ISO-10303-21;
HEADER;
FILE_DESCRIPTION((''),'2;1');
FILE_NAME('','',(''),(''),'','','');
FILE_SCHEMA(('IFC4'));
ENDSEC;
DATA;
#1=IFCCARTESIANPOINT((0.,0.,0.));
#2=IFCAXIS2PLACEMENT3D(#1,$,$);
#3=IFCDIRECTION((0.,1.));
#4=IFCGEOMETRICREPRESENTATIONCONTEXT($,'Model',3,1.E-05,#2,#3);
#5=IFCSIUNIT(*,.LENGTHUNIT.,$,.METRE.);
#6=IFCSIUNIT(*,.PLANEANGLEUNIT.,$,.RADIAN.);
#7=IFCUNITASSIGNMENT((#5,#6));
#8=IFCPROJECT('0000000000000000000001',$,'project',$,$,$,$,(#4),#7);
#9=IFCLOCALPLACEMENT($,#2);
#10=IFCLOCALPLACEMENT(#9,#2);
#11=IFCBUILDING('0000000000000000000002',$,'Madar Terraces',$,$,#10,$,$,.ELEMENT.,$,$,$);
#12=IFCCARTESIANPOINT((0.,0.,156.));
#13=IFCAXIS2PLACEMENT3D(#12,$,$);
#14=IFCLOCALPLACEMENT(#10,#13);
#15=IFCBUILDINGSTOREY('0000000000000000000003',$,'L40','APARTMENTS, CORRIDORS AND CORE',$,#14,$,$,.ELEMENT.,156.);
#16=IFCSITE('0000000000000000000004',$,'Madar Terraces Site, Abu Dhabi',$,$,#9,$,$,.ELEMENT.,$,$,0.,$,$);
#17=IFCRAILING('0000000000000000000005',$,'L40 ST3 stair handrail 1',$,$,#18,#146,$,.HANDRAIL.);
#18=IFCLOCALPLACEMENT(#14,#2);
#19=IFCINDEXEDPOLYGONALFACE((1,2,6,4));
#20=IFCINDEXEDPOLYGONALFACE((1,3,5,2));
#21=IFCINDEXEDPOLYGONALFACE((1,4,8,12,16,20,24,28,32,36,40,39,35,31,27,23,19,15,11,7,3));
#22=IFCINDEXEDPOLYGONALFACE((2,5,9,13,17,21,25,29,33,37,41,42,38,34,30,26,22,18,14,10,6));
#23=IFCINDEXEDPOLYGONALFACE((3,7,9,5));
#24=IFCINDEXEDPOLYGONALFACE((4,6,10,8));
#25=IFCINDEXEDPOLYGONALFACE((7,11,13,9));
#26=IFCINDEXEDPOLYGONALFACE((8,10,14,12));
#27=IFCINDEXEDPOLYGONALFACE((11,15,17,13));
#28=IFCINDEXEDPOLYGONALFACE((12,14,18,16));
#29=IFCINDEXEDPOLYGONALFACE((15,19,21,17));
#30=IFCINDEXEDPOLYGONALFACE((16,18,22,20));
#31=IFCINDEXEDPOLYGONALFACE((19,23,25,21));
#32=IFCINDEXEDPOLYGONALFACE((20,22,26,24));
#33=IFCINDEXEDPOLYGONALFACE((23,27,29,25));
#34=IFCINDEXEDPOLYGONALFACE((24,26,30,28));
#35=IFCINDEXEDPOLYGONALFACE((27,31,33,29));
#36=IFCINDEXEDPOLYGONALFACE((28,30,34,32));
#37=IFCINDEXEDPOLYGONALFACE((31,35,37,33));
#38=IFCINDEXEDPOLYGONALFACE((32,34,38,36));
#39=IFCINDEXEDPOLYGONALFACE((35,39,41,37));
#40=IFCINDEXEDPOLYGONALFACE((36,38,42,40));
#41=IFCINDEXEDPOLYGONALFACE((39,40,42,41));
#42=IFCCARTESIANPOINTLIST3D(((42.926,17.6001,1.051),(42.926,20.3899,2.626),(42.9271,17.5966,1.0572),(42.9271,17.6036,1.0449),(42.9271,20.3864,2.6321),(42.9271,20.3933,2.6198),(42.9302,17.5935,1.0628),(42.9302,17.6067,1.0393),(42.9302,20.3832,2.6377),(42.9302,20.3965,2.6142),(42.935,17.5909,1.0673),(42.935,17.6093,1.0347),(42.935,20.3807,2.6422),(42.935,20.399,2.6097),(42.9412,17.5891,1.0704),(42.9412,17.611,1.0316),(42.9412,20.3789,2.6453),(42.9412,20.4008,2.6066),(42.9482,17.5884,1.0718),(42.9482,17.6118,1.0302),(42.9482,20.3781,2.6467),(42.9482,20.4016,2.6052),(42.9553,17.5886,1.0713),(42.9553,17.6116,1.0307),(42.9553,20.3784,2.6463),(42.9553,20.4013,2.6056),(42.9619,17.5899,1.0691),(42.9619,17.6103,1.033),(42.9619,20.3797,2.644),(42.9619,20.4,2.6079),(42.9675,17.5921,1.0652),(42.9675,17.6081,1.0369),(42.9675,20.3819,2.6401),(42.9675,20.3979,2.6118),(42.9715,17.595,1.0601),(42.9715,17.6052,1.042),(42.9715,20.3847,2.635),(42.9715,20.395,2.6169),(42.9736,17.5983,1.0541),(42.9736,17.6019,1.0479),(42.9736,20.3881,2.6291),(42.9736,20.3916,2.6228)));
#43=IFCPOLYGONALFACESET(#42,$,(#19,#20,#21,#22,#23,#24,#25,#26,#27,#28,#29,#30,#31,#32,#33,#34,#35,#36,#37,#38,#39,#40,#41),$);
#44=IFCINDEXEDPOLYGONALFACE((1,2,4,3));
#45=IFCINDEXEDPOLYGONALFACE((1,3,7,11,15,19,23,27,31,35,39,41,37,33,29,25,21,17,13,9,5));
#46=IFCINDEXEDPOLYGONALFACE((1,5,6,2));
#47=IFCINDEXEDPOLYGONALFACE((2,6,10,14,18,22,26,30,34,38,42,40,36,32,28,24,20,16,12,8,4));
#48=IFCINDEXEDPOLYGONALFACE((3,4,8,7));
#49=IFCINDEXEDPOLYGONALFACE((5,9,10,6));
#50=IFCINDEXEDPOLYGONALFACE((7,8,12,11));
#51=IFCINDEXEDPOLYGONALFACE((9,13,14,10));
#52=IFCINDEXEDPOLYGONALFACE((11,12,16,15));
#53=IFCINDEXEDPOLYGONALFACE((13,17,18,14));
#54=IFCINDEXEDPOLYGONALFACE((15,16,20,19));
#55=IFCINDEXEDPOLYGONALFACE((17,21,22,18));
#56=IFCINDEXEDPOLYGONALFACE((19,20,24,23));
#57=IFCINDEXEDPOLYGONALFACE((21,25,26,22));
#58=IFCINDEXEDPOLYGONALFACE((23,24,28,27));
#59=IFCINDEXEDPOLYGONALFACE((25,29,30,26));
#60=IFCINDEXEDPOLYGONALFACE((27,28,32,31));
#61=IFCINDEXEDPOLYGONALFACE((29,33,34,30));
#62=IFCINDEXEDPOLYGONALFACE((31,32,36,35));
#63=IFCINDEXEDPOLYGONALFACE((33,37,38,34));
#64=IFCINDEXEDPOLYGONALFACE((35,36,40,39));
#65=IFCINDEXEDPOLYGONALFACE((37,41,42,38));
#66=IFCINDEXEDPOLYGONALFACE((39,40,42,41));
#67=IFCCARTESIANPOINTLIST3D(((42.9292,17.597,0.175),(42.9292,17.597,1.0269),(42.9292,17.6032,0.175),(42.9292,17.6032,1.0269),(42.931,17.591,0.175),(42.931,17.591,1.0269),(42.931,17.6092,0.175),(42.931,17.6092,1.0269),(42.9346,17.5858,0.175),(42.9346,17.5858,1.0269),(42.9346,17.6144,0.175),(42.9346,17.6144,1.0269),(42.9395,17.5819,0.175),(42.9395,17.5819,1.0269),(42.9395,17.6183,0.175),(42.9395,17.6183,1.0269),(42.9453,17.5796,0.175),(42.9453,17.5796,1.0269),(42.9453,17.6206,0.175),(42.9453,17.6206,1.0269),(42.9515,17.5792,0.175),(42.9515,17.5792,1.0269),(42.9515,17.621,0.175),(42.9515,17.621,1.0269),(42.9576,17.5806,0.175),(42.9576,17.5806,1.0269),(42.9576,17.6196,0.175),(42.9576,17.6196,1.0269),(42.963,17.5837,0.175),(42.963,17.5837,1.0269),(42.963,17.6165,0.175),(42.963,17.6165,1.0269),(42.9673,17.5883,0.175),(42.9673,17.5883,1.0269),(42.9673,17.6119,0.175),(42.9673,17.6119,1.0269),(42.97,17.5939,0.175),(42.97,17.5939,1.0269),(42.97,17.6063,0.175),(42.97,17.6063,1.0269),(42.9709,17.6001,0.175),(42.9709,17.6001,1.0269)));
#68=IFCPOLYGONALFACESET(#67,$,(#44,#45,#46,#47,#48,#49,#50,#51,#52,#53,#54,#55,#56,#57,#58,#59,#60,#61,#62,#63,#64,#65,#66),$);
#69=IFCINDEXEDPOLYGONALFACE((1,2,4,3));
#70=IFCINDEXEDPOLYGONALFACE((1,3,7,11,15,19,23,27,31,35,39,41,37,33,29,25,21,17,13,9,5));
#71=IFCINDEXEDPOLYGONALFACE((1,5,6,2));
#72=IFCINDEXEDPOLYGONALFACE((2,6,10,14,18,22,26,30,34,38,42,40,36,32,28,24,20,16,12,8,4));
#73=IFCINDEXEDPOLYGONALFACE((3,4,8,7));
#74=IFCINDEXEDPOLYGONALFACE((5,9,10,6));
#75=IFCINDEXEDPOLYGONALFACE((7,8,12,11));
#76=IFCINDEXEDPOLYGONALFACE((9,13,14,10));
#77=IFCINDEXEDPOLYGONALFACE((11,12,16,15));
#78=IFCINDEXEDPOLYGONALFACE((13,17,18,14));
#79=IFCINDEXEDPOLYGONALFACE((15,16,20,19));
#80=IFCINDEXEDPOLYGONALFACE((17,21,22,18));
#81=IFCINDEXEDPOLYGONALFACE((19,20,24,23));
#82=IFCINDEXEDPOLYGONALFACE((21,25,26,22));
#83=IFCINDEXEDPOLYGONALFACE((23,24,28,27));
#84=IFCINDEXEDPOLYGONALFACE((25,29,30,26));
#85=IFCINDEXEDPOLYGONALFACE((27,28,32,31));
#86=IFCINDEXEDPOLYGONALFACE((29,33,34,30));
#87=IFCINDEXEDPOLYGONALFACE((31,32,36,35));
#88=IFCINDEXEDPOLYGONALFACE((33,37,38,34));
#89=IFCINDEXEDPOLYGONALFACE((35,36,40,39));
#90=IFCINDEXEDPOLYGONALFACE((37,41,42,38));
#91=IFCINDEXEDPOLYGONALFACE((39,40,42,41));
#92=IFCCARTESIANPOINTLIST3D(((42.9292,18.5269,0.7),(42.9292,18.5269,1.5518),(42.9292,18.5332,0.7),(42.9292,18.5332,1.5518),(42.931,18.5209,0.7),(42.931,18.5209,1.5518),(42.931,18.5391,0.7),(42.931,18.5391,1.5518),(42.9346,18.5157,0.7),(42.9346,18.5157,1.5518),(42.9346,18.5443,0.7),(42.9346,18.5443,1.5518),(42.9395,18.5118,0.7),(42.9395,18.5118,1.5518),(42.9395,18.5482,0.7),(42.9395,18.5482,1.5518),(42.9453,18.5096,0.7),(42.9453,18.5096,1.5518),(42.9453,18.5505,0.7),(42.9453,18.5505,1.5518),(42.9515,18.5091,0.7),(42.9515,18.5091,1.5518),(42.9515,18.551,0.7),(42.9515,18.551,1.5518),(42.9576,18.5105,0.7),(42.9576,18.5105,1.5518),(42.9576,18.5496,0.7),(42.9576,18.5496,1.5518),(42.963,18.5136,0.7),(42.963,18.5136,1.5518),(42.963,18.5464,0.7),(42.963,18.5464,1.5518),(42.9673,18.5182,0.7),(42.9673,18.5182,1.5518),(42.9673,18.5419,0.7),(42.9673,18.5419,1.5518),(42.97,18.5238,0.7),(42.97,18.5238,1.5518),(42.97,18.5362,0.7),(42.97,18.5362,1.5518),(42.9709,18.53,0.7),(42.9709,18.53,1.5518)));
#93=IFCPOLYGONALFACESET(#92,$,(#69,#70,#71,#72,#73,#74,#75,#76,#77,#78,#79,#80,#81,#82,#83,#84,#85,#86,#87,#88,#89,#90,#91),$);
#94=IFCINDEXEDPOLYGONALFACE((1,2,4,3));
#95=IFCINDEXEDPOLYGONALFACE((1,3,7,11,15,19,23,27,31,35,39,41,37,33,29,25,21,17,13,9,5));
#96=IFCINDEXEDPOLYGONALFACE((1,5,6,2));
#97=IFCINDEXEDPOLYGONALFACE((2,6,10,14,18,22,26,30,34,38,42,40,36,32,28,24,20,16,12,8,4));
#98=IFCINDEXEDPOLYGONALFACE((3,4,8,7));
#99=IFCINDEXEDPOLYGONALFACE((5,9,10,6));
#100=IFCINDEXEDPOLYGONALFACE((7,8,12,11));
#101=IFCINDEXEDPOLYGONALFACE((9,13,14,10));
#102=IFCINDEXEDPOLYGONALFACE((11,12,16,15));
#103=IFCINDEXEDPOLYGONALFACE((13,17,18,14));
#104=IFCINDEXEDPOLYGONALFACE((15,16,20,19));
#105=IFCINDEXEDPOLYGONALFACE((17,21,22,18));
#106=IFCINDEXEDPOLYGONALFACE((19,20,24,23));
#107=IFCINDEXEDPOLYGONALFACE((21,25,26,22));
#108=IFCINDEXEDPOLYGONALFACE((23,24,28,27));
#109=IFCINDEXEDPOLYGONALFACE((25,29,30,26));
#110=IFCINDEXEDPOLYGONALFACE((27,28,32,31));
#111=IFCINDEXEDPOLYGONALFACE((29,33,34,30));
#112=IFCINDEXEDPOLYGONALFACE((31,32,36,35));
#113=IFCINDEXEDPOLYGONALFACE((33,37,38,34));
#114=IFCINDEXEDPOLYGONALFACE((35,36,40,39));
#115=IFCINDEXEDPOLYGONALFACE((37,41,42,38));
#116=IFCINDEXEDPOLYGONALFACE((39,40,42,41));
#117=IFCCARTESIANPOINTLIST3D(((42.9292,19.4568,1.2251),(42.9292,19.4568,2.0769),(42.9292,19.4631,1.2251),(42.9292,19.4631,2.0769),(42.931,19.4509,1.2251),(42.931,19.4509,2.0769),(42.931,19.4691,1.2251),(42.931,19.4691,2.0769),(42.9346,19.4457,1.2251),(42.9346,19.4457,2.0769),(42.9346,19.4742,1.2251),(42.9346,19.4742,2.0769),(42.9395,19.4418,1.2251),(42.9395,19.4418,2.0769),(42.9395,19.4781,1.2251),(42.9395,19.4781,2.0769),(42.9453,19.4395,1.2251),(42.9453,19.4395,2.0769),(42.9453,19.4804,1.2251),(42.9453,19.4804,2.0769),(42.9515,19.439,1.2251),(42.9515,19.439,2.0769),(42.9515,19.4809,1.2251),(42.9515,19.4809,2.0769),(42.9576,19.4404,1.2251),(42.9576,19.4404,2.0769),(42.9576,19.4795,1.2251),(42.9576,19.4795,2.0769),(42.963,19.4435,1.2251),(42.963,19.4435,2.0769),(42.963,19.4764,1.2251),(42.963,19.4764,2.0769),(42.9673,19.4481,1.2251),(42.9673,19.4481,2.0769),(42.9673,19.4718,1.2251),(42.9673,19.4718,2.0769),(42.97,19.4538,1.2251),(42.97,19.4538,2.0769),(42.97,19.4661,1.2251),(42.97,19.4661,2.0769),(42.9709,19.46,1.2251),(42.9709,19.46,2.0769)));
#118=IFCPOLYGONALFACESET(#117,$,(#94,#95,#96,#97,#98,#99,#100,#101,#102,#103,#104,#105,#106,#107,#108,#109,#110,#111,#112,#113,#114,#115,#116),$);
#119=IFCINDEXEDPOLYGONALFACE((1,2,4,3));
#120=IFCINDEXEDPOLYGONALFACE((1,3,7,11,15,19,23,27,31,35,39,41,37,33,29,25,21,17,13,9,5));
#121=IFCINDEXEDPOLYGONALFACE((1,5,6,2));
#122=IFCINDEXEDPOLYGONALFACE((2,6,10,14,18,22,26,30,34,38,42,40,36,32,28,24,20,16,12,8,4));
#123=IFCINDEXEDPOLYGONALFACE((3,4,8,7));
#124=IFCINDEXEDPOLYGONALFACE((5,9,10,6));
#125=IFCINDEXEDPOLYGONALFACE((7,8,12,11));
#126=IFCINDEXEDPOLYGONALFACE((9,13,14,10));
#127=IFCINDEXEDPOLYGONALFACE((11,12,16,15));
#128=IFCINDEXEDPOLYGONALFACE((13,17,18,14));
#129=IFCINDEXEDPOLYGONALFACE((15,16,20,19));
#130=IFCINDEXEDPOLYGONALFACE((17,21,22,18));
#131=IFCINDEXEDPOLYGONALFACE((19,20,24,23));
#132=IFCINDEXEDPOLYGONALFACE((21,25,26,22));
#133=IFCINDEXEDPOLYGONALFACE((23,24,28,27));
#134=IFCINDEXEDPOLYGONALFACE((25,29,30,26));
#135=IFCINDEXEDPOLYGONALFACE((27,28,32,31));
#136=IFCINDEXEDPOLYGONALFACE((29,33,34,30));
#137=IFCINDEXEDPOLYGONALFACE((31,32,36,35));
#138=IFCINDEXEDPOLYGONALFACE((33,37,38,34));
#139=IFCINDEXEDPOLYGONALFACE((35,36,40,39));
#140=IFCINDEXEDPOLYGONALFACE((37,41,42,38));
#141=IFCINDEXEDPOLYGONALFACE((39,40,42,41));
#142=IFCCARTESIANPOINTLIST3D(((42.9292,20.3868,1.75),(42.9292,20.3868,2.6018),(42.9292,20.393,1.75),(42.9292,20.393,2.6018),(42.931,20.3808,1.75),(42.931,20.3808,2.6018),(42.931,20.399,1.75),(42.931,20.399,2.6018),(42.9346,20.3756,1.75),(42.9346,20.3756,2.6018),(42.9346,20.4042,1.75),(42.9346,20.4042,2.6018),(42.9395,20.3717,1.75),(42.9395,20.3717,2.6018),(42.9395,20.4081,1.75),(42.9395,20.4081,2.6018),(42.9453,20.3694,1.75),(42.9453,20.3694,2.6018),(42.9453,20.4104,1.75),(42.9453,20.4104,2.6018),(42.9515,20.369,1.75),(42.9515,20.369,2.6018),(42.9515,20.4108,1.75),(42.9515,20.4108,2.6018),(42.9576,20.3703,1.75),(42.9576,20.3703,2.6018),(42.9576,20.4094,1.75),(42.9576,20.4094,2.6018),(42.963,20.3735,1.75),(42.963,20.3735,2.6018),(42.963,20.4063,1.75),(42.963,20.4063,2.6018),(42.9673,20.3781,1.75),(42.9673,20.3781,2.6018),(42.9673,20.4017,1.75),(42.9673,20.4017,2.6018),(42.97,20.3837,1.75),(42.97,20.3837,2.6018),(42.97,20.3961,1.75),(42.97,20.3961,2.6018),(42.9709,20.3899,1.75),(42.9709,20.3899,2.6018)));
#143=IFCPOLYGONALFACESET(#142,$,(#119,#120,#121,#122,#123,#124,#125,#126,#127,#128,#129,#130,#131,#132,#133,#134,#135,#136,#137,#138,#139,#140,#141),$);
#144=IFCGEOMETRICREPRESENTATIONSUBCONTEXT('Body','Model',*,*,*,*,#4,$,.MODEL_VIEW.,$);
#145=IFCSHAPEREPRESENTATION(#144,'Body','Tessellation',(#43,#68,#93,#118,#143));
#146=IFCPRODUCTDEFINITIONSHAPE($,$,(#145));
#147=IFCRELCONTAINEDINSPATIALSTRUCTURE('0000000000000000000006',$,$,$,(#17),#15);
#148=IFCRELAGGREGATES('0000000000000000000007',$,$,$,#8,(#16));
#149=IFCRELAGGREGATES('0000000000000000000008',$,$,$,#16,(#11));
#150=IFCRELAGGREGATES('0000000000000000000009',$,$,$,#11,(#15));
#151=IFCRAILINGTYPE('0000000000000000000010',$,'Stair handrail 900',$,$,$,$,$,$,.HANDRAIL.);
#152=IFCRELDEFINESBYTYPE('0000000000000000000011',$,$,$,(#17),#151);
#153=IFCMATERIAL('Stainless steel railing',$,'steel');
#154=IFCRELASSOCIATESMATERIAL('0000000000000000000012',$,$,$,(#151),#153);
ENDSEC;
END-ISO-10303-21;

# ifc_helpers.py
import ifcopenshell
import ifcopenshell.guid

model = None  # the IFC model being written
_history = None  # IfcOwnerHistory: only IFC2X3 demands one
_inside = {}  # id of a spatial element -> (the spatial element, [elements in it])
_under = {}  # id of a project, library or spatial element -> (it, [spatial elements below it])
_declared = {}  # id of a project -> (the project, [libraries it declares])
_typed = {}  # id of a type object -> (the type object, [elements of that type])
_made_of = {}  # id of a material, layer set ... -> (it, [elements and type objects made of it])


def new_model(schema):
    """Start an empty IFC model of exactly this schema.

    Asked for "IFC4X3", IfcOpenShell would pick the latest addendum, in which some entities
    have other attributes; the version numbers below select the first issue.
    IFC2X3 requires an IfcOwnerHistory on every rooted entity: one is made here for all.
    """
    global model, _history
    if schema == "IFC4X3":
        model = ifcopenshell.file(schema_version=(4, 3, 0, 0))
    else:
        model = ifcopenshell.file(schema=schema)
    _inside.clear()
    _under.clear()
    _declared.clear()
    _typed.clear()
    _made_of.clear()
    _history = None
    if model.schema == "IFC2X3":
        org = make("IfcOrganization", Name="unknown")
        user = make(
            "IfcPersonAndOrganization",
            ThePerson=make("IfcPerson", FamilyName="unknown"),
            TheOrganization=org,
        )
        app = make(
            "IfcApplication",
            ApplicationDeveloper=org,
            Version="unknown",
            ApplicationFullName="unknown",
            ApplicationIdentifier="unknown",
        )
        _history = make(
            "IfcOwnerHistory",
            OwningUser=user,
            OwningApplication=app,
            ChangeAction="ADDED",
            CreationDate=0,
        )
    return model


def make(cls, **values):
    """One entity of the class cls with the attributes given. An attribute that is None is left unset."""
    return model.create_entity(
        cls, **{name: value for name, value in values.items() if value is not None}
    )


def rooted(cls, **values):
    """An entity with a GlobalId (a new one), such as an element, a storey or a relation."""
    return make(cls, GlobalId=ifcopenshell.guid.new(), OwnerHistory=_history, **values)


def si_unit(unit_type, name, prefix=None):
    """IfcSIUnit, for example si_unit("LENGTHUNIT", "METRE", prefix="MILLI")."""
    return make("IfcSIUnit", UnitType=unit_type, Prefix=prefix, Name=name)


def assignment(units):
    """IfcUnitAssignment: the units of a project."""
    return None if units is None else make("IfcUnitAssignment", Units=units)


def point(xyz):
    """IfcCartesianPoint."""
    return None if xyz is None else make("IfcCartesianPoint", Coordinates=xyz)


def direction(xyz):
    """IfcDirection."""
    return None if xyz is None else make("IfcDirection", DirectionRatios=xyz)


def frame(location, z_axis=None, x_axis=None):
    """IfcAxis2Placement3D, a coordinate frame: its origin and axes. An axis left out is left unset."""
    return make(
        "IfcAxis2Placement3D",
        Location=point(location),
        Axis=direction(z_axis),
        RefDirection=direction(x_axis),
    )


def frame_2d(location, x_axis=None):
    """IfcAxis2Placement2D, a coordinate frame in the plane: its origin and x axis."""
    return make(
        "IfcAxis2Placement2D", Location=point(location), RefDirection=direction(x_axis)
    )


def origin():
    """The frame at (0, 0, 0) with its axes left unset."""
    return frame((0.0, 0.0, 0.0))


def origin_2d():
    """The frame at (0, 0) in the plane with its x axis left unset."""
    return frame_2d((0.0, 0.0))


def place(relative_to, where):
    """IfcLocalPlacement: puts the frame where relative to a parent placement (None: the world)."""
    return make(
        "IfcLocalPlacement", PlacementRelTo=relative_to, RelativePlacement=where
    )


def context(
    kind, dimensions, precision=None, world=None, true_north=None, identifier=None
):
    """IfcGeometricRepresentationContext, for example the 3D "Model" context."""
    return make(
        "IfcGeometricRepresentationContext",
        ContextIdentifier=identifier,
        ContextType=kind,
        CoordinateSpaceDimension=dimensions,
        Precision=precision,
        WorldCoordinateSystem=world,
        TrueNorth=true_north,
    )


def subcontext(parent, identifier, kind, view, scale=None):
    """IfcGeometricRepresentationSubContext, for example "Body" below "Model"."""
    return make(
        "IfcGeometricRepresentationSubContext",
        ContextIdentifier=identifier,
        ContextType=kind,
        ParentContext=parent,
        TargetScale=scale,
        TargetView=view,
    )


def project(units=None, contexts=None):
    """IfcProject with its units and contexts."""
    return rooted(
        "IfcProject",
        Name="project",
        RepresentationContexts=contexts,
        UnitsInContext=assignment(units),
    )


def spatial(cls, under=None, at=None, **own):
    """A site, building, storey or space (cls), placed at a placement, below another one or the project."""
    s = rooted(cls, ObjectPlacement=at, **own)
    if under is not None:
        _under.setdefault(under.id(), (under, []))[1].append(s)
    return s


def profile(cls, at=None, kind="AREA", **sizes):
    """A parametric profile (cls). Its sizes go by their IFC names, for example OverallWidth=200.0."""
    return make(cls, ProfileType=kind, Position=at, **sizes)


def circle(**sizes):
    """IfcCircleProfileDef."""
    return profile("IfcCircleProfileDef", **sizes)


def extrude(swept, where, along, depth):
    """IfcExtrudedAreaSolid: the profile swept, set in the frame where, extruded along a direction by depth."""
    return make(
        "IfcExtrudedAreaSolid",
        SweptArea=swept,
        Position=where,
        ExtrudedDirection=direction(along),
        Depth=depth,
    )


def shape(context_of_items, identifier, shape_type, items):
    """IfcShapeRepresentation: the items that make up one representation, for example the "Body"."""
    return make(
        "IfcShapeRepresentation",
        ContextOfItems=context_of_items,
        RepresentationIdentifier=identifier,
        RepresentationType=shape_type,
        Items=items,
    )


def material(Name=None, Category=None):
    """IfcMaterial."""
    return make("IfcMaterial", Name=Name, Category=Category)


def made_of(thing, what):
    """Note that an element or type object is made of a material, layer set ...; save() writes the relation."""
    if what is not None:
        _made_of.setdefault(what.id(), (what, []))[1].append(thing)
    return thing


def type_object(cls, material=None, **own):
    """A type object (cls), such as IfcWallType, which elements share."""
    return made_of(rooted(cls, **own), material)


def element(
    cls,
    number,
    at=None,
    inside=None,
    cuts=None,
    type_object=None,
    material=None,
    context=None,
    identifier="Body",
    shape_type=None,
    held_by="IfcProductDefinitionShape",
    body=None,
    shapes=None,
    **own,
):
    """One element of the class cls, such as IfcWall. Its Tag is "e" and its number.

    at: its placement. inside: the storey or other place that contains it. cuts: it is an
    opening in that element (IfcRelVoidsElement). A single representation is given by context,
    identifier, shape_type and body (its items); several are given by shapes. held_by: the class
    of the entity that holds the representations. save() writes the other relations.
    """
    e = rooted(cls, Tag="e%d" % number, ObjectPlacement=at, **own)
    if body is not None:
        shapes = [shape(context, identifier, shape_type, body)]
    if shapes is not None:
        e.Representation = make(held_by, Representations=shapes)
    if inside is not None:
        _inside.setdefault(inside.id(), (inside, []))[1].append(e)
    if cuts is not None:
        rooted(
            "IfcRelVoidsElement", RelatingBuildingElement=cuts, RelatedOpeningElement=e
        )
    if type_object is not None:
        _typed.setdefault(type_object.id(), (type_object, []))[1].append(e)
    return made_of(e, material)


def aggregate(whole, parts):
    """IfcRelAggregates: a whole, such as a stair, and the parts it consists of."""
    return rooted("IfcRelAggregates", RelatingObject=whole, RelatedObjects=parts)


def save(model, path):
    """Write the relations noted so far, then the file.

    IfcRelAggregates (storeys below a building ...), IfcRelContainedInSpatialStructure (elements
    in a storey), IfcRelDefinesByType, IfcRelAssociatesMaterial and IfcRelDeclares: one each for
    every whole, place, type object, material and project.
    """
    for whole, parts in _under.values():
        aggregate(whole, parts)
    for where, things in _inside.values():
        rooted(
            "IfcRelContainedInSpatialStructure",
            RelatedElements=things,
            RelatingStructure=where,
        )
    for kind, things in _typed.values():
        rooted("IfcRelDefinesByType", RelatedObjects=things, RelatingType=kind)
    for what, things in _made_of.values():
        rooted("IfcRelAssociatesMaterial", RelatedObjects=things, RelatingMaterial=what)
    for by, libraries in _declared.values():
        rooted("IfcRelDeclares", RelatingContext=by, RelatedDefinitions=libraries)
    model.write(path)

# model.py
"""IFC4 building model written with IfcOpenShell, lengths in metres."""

from ifc_helpers import new_model, si_unit, direction, frame, origin, origin_2d, place, context, subcontext, project, spatial, circle, extrude, material, type_object, element, save


model = new_model("IFC4")

# Units and contexts
model_context = context("Model", 3, precision=1e-05, world=origin(), true_north=direction((0.0, 1.0)))
body_context = subcontext(model_context, "Body", "Model", "MODEL_VIEW")
ifc_project = project(units=[si_unit("LENGTHUNIT", "METRE"), si_unit("PLANEANGLEUNIT", "RADIAN")], contexts=[model_context])

# Site, building, storey
site_placement = place(None, origin())
site = spatial("IfcSite", under=ifc_project, at=site_placement, Name="Madar Terraces Site, Abu Dhabi", CompositionType="ELEMENT", RefElevation=0.0)
building_placement = place(site_placement, origin())
building = spatial("IfcBuilding", under=site, at=building_placement, Name="Madar Terraces", CompositionType="ELEMENT")
storey_placement = place(building_placement, frame((0.0, 0.0, 156.0)))
storey = spatial("IfcBuildingStorey", under=building, at=storey_placement, Name="L40", Description="APARTMENTS, CORRIDORS AND CORE", CompositionType="ELEMENT", Elevation=156.0)

# Railing
ifc_material_1 = material(Name="Stainless steel railing", Category="steel")
railing_type_1 = type_object("IfcRailingType", Name="Stair handrail 900", PredefinedType="HANDRAIL", material=ifc_material_1)
railing_1_placement = place(storey_placement, frame((42.95, 17.6001, 0.175)))
element("IfcRailing", 1, at=railing_1_placement, inside=storey, type_object=railing_type_1, Name="L40 ST3 stair handrail 1", PredefinedType="HANDRAIL", context=body_context, shape_type="SweptSolid", body=[
    extrude(circle(Radius=0.0239, at=origin_2d()), frame((0.0, 0.0, 0.876), z_axis=(0.0, 0.870815, 0.49161), x_axis=(-1.0, 0.0, 0.0)), (0.0, 0.0, 1.0), 3.2036),
    extrude(circle(Radius=0.021, at=origin_2d()), origin(), (0.0, 0.0, 1.0), 0.8518),
    extrude(circle(Radius=0.021, at=origin_2d()), frame((0.0, 0.9299, 0.5249)), (0.0, 0.0, 1.0), 0.8518),
    extrude(circle(Radius=0.021, at=origin_2d()), frame((0.0, 1.8599, 1.05)), (0.0, 0.0, 1.0), 0.8518),
    extrude(circle(Radius=0.021, at=origin_2d()), frame((0.0, 2.7898, 1.575)), (0.0, 0.0, 1.0), 0.8518),
])

save(model, "model.ifc")
